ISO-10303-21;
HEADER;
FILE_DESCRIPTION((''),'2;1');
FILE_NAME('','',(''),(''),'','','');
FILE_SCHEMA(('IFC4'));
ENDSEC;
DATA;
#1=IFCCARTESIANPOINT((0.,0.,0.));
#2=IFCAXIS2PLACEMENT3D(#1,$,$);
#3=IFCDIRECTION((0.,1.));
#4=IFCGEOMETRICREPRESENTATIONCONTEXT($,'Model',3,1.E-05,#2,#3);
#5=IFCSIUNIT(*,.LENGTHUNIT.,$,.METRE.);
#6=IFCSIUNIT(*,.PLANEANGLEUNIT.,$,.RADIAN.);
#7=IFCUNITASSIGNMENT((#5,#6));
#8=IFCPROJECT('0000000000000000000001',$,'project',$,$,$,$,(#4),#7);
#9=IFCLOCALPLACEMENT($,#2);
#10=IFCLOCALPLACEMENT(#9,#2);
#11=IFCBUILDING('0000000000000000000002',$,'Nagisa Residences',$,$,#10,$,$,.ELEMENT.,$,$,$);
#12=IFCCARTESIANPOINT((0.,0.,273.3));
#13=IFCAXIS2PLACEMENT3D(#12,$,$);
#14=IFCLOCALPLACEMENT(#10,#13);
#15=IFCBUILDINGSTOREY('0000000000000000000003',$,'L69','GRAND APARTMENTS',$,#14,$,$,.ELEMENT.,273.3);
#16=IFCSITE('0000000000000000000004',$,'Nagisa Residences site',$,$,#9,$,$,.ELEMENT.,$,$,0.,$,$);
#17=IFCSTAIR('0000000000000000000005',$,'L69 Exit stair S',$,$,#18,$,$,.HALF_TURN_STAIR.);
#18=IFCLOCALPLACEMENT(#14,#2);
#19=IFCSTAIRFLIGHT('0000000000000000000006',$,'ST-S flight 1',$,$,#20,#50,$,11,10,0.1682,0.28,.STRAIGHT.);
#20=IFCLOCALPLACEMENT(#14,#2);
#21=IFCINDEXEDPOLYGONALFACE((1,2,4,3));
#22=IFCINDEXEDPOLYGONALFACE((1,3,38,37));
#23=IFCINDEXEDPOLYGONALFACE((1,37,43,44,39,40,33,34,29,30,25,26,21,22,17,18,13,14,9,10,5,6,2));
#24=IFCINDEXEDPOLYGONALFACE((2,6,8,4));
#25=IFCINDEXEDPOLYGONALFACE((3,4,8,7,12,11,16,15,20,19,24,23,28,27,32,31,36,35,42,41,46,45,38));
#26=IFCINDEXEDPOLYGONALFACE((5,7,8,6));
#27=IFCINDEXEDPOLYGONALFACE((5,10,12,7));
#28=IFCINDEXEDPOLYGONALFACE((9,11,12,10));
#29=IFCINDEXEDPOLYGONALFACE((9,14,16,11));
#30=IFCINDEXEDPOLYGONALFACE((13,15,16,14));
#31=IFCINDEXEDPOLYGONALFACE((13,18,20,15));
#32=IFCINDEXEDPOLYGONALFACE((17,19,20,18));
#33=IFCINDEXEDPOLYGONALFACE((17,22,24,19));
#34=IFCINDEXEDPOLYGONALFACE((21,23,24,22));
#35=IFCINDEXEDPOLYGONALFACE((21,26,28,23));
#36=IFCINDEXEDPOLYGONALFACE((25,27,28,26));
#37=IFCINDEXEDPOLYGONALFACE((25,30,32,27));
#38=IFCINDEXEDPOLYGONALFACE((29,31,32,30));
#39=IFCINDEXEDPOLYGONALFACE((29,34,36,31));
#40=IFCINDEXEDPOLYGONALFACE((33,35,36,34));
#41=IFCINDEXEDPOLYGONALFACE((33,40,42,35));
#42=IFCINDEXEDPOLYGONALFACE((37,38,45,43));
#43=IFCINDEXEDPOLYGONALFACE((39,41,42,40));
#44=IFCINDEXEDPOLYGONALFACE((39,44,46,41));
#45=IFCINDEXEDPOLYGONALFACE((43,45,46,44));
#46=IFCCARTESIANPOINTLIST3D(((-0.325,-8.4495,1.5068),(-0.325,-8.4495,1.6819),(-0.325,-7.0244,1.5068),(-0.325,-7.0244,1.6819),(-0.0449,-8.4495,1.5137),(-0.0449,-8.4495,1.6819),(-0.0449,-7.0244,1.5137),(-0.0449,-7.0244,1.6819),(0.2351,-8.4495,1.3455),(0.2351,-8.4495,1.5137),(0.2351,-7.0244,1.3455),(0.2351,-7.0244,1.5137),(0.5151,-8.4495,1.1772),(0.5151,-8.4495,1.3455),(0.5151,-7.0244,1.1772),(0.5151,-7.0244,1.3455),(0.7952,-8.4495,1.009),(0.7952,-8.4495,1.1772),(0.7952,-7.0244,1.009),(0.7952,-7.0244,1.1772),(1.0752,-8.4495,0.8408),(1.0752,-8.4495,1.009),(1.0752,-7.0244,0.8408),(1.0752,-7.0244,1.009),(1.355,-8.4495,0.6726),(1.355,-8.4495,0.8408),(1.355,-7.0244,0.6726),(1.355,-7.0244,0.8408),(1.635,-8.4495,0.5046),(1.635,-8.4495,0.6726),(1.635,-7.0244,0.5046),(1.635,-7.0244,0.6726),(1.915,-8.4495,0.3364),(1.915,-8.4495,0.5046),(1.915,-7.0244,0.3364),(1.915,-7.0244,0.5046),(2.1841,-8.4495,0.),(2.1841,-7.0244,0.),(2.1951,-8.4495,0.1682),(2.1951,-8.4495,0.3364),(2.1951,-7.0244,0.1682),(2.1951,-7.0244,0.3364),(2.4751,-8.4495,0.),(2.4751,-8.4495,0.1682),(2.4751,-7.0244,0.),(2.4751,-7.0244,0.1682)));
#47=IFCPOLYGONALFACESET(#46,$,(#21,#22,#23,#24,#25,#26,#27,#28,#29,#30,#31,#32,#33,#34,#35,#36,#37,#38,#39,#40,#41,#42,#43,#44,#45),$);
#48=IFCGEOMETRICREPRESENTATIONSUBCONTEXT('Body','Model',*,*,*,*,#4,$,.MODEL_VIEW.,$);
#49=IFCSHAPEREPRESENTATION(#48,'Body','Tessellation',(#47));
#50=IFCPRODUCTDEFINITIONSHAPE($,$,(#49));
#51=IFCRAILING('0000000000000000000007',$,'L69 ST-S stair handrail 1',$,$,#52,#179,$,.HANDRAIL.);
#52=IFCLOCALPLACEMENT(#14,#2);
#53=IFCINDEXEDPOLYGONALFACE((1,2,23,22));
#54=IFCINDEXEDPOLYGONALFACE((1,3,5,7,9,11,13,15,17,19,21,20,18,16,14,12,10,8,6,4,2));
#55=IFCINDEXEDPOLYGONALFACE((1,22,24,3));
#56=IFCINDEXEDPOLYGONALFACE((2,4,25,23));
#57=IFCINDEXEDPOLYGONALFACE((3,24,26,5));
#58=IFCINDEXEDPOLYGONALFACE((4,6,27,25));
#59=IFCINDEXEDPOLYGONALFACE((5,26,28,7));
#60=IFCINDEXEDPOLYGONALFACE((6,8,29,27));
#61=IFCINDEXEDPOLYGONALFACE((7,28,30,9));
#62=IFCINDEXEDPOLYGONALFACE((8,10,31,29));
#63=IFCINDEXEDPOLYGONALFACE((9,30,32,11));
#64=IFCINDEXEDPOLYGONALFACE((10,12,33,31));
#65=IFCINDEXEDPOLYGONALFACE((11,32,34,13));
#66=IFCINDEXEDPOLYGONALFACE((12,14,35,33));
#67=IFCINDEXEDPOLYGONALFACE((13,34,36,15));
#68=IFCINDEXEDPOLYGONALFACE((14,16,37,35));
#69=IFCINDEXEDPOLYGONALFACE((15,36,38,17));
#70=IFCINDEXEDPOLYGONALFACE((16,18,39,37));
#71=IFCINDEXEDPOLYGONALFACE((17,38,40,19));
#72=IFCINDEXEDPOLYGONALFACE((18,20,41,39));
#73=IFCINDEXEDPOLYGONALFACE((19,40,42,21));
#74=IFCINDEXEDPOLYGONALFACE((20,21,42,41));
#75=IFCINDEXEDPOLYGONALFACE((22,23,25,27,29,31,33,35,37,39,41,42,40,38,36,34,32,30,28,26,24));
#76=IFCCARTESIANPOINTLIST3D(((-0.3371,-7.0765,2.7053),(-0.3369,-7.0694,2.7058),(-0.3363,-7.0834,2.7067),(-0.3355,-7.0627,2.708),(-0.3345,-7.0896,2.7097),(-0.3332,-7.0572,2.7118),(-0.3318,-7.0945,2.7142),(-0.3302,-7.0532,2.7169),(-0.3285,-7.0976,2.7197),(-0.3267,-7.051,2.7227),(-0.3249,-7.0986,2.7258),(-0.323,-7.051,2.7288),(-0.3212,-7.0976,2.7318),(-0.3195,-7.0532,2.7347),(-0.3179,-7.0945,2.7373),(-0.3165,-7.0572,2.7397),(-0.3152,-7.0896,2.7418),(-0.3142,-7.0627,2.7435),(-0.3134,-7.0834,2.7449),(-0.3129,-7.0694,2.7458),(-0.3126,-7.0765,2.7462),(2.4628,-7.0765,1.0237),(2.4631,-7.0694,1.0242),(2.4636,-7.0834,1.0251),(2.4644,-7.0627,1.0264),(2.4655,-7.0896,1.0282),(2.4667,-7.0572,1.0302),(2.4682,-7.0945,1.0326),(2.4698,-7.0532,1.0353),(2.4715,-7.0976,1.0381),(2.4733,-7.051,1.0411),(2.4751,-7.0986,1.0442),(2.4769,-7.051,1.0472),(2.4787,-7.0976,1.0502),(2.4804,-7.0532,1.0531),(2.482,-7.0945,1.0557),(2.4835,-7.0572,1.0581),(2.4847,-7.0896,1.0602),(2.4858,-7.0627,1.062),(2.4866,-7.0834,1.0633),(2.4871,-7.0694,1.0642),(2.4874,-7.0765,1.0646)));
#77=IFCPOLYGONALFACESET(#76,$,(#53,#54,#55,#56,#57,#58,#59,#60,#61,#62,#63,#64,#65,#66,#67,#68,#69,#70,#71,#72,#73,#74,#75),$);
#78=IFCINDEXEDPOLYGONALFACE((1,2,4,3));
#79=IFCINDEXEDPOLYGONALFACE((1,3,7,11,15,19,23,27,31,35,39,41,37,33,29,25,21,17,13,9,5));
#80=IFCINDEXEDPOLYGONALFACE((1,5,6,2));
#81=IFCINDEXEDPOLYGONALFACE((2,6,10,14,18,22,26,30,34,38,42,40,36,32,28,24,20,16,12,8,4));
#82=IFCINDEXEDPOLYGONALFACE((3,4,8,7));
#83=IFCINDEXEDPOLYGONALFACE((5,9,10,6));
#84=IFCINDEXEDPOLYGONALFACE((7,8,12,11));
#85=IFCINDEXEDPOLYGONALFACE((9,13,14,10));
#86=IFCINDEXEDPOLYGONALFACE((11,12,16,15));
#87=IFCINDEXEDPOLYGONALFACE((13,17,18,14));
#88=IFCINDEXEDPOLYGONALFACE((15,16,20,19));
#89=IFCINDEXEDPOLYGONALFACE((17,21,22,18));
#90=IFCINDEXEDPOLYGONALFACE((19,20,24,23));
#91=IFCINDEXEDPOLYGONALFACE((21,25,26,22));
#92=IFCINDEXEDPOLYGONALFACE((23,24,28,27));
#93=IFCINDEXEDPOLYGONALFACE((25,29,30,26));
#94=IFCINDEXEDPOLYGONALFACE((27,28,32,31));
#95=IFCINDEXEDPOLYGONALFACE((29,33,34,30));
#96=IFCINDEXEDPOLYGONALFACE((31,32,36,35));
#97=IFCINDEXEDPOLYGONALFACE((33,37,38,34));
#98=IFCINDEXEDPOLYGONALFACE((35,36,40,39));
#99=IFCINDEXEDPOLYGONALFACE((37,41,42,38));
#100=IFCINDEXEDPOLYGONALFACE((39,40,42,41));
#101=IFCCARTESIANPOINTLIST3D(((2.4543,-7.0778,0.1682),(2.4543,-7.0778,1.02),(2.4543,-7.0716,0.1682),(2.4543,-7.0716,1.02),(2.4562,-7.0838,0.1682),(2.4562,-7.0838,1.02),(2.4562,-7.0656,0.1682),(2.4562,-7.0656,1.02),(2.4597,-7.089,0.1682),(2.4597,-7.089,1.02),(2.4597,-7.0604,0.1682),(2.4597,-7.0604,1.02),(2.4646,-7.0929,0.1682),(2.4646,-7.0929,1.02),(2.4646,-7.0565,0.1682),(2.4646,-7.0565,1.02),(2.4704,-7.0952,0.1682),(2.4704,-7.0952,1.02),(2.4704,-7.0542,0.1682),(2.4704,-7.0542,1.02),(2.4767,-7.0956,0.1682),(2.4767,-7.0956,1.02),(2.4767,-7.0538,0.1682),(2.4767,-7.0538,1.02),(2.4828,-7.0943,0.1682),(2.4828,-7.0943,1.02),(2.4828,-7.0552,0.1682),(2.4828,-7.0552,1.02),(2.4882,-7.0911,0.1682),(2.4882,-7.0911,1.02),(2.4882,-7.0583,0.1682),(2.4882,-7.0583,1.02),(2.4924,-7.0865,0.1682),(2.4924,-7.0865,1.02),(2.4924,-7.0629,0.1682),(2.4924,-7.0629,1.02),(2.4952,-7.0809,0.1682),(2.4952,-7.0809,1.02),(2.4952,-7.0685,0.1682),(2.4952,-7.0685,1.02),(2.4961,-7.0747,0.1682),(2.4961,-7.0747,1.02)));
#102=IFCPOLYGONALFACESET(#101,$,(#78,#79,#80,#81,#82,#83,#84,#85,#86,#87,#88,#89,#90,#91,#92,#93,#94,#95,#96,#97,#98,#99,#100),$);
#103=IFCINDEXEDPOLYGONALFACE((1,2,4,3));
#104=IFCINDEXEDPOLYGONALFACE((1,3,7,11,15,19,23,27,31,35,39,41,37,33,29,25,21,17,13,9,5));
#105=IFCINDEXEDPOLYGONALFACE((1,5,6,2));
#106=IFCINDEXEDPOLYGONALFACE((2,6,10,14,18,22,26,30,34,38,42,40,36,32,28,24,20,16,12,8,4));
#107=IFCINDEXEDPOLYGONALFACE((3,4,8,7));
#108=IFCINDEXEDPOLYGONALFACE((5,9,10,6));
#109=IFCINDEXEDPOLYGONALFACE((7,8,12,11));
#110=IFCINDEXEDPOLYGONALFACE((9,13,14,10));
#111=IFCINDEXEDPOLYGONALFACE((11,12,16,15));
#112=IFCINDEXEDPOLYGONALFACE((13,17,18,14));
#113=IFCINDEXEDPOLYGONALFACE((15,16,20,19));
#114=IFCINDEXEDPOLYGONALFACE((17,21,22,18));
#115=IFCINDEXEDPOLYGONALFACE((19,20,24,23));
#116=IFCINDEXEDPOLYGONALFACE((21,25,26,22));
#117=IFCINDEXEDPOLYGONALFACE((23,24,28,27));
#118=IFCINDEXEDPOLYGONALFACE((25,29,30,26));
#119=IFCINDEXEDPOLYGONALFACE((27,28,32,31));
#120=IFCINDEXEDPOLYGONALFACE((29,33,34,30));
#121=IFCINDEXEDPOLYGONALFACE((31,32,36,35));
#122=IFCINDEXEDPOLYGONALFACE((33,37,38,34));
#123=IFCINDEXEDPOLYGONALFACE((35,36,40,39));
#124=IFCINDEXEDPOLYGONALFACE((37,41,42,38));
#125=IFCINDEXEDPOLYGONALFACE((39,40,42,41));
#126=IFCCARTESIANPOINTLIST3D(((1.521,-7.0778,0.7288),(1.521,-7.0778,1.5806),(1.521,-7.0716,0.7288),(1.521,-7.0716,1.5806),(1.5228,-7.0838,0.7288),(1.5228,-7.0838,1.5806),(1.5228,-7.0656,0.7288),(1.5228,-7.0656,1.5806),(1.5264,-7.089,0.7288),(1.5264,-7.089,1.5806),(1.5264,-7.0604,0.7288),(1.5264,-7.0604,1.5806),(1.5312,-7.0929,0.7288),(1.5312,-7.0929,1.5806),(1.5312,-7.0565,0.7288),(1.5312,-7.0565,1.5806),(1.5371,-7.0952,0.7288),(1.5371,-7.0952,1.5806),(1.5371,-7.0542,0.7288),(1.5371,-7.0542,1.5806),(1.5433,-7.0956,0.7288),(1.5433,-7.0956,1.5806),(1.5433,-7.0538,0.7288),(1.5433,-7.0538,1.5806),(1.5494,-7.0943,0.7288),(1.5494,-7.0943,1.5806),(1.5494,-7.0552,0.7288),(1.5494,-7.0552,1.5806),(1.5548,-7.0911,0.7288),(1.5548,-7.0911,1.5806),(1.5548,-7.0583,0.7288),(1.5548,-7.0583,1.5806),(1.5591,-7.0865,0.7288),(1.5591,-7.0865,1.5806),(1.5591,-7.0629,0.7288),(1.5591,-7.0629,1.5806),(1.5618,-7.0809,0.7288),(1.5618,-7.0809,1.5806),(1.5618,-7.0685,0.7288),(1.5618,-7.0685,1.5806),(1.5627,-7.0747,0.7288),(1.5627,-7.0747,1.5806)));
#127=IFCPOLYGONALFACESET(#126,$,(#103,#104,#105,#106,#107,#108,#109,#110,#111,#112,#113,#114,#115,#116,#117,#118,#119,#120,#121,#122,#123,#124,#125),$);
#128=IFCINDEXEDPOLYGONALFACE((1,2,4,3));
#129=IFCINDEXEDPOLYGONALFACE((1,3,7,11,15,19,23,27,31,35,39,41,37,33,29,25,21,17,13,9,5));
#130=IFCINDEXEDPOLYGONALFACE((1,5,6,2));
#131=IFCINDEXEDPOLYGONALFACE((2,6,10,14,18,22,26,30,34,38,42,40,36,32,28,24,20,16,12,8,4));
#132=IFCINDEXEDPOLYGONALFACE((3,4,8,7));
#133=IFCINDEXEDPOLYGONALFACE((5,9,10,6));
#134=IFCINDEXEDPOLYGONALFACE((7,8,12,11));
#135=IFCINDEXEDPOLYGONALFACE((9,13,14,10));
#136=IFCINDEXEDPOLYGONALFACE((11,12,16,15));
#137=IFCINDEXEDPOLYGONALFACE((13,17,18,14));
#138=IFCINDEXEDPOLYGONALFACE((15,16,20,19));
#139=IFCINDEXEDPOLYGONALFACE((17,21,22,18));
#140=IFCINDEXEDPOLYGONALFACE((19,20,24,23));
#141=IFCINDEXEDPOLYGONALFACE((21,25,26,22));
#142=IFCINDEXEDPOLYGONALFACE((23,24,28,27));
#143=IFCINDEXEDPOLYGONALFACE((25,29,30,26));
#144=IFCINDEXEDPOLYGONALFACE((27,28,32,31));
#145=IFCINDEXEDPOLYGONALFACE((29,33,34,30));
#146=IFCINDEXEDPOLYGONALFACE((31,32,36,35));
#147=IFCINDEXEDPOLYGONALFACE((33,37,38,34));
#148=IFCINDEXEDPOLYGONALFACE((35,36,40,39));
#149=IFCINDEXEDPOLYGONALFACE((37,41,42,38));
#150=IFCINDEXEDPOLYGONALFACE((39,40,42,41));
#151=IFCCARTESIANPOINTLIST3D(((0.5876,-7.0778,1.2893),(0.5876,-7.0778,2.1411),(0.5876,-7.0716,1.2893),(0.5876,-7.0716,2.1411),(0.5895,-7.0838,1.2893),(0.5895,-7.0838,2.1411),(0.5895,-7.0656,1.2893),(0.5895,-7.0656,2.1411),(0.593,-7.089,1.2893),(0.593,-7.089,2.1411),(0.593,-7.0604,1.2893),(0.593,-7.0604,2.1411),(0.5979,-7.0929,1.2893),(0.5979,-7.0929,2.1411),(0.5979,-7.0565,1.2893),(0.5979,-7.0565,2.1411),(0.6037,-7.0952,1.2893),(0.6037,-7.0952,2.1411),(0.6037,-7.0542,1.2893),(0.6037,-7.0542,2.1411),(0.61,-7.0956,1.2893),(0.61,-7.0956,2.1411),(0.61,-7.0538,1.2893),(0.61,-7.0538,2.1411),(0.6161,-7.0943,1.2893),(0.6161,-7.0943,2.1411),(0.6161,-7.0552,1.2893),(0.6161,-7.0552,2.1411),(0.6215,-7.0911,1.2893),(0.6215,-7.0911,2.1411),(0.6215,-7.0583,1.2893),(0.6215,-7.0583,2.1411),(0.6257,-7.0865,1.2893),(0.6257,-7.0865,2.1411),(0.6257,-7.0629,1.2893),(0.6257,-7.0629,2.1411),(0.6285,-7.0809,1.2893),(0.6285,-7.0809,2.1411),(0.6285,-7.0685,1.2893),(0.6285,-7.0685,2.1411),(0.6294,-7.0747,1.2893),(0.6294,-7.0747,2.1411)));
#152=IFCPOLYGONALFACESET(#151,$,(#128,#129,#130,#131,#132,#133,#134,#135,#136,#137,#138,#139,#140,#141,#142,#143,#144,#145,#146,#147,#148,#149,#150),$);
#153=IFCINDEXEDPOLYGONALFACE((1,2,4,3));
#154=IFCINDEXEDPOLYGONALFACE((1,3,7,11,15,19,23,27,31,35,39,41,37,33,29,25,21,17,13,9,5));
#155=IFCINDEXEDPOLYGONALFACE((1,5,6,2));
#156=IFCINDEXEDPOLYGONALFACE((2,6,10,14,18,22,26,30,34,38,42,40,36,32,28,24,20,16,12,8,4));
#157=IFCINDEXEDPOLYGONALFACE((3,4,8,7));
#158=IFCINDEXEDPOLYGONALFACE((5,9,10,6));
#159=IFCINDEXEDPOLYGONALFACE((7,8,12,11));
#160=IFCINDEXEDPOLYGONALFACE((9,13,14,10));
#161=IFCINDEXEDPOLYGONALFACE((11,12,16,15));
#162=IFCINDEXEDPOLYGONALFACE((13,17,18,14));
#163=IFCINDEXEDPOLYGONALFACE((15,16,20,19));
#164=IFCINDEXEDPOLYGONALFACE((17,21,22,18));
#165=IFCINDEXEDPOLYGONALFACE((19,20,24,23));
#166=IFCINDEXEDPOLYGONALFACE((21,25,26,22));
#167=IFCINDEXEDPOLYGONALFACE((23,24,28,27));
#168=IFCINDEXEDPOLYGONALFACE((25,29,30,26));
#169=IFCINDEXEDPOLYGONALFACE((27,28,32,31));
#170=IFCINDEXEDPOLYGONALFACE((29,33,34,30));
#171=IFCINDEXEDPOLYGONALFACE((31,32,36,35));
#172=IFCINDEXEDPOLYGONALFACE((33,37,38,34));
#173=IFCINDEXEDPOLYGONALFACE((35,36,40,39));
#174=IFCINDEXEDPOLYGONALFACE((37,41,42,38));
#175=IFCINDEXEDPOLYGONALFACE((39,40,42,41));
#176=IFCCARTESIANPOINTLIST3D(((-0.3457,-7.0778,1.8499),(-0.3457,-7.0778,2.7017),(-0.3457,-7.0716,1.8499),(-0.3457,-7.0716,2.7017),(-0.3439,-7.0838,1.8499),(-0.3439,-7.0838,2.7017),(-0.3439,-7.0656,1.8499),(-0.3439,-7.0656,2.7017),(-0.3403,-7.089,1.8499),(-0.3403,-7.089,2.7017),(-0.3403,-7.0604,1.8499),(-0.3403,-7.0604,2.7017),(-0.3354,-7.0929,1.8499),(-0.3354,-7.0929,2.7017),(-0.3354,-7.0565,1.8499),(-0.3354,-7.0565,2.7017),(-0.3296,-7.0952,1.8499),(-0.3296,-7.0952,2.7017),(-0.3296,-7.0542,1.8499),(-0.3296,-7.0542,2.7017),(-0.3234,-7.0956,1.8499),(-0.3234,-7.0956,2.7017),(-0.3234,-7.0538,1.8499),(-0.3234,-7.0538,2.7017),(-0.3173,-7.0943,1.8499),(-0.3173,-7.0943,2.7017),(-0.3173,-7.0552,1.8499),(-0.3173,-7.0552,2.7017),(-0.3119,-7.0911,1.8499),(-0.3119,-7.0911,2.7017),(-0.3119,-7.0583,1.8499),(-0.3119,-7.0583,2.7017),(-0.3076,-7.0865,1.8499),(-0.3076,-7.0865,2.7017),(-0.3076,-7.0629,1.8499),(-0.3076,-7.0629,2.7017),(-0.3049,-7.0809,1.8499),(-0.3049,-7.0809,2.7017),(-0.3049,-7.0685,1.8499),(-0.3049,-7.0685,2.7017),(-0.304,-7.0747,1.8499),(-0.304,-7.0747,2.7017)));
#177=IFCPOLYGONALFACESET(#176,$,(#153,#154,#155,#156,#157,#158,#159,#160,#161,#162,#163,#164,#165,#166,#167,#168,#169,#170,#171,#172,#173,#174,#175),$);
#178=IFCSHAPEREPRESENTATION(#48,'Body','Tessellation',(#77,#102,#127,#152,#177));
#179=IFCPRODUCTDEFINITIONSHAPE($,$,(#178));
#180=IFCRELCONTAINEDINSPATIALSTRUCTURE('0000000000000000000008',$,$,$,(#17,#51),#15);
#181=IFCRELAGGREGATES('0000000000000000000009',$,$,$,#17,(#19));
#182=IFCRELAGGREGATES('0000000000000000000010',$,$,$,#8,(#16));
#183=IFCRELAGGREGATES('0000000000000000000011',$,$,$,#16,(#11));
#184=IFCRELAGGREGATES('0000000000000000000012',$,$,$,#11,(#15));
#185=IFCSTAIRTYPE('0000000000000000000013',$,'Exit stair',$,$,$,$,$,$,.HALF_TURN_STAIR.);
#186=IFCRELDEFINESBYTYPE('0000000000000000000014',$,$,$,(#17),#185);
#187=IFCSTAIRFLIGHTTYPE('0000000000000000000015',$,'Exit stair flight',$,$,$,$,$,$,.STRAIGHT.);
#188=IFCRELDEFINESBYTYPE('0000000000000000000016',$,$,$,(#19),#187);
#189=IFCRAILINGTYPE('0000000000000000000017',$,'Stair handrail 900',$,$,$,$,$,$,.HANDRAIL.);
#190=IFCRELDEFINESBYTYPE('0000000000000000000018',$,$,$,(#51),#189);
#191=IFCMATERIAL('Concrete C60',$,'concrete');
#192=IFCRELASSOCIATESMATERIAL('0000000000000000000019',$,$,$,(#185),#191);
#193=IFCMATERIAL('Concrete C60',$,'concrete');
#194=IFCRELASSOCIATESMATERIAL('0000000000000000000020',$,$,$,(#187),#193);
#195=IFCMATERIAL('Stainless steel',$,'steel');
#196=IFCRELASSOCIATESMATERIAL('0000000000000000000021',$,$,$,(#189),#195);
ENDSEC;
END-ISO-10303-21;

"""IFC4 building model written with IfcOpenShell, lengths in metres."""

from ifc_helpers import new_model, si_unit, direction, frame, origin, origin_2d, place, context, subcontext, project, spatial, polyline, circle, outline, extrude, material, type_object, element, aggregate, save


model = new_model("IFC4")

# Units and contexts
model_context = context("Model", 3, precision=1e-05, world=origin(), true_north=direction((0.0, 1.0)))
body_context = subcontext(model_context, "Body", "Model", "MODEL_VIEW")
ifc_project = project(units=[si_unit("LENGTHUNIT", "METRE"), si_unit("PLANEANGLEUNIT", "RADIAN")], contexts=[model_context])

# Site, building, storey
site_placement = place(None, origin())
site = spatial("IfcSite", under=ifc_project, at=site_placement, Name="Nagisa Residences site", CompositionType="ELEMENT", RefElevation=0.0)
building_placement = place(site_placement, origin())
building = spatial("IfcBuilding", under=site, at=building_placement, Name="Nagisa Residences", CompositionType="ELEMENT")
storey_placement = place(building_placement, frame((0.0, 0.0, 273.3)))
storey = spatial("IfcBuildingStorey", under=building, at=storey_placement, Name="L69", Description="GRAND APARTMENTS", CompositionType="ELEMENT", Elevation=273.3)

# Stair, stair flight
ifc_material_1 = material(Name="Concrete C60", Category="concrete")
stair_type = type_object("IfcStairType", Name="Exit stair", PredefinedType="HALF_TURN_STAIR", material=ifc_material_1)
stair_placement = place(storey_placement, origin())
stair = element("IfcStair", 1, at=stair_placement, inside=storey, type_object=stair_type, Name="L69 Exit stair S", PredefinedType="HALF_TURN_STAIR")
ifc_material_2 = material(Name="Concrete C60", Category="concrete")
stair_flight_type = type_object("IfcStairFlightType", Name="Exit stair flight", PredefinedType="STRAIGHT", material=ifc_material_2)
stair_flight_placement = place(storey_placement, frame((2.4751, -7.7371, 0.0), z_axis=(0.0, 0.0, 1.0), x_axis=(-1.0, 0.0, 0.0)))
stair_flight = element("IfcStairFlight", 2, at=stair_flight_placement, type_object=stair_flight_type, Name="ST-S flight 1", NumberOfRisers=11, NumberOfTreads=10, PredefinedType="STRAIGHT", RiserHeight=0.1682, TreadLength=0.28, context=body_context, shape_type="SweptSolid", body=[
    extrude(outline(polyline([(0.0, 0.0), (0.0, 0.1682), (0.28, 0.1682), (0.28, 0.3364), (0.5601, 0.3364), (0.5601, 0.5046), (0.8401, 0.5046), (0.8401, 0.6726), (1.1201, 0.6726), (1.1201, 0.8408), (1.3999, 0.8408), (1.3999, 1.009), (1.6799, 1.009), (1.6799, 1.1772), (1.96, 1.1772), (1.96, 1.3455), (2.24, 1.3455), (2.24, 1.5137), (2.52, 1.5137), (2.52, 1.6819), (2.8, 1.6819), (2.8, 1.8501), (2.8, 1.5068), (0.291, 0.0), (0.0, 0.0)])), frame((0.0, 0.7124, 0.0), z_axis=(0.0, -1.0, 0.0), x_axis=(1.0, 0.0, 0.0)), (0.0, 0.0, 1.0), 1.425),
])
aggregate(stair, [stair_flight])

# Railing
ifc_material_3 = material(Name="Stainless steel", Category="steel")
railing_type_1 = type_object("IfcRailingType", Name="Stair handrail 900", PredefinedType="HANDRAIL", material=ifc_material_3)
railing_1_placement = place(storey_placement, frame((2.4751, -7.0747, 0.1682)))
element("IfcRailing", 3, at=railing_1_placement, inside=storey, type_object=railing_type_1, Name="L69 ST-S stair handrail 1", PredefinedType="HANDRAIL", context=body_context, shape_type="SweptSolid", body=[
    extrude(circle(Radius=0.0239, at=origin_2d()), frame((0.0, 0.0, 0.876), z_axis=(-0.857275, 0.0, 0.514858), x_axis=(0.0, -1.0, 0.0)), (0.0, 0.0, 1.0), 3.2661),
    extrude(circle(Radius=0.021, at=origin_2d()), origin(), (0.0, 0.0, 1.0), 0.8518),
    extrude(circle(Radius=0.021, at=origin_2d()), frame((-0.9333, 0.0, 0.5605)), (0.0, 0.0, 1.0), 0.8518),
    extrude(circle(Radius=0.021, at=origin_2d()), frame((-1.8667, 0.0, 1.1211)), (0.0, 0.0, 1.0), 0.8518),
    extrude(circle(Radius=0.021, at=origin_2d()), frame((-2.8, 0.0, 1.6816)), (0.0, 0.0, 1.0), 0.8518),
])

save(model, "model.ifc")
